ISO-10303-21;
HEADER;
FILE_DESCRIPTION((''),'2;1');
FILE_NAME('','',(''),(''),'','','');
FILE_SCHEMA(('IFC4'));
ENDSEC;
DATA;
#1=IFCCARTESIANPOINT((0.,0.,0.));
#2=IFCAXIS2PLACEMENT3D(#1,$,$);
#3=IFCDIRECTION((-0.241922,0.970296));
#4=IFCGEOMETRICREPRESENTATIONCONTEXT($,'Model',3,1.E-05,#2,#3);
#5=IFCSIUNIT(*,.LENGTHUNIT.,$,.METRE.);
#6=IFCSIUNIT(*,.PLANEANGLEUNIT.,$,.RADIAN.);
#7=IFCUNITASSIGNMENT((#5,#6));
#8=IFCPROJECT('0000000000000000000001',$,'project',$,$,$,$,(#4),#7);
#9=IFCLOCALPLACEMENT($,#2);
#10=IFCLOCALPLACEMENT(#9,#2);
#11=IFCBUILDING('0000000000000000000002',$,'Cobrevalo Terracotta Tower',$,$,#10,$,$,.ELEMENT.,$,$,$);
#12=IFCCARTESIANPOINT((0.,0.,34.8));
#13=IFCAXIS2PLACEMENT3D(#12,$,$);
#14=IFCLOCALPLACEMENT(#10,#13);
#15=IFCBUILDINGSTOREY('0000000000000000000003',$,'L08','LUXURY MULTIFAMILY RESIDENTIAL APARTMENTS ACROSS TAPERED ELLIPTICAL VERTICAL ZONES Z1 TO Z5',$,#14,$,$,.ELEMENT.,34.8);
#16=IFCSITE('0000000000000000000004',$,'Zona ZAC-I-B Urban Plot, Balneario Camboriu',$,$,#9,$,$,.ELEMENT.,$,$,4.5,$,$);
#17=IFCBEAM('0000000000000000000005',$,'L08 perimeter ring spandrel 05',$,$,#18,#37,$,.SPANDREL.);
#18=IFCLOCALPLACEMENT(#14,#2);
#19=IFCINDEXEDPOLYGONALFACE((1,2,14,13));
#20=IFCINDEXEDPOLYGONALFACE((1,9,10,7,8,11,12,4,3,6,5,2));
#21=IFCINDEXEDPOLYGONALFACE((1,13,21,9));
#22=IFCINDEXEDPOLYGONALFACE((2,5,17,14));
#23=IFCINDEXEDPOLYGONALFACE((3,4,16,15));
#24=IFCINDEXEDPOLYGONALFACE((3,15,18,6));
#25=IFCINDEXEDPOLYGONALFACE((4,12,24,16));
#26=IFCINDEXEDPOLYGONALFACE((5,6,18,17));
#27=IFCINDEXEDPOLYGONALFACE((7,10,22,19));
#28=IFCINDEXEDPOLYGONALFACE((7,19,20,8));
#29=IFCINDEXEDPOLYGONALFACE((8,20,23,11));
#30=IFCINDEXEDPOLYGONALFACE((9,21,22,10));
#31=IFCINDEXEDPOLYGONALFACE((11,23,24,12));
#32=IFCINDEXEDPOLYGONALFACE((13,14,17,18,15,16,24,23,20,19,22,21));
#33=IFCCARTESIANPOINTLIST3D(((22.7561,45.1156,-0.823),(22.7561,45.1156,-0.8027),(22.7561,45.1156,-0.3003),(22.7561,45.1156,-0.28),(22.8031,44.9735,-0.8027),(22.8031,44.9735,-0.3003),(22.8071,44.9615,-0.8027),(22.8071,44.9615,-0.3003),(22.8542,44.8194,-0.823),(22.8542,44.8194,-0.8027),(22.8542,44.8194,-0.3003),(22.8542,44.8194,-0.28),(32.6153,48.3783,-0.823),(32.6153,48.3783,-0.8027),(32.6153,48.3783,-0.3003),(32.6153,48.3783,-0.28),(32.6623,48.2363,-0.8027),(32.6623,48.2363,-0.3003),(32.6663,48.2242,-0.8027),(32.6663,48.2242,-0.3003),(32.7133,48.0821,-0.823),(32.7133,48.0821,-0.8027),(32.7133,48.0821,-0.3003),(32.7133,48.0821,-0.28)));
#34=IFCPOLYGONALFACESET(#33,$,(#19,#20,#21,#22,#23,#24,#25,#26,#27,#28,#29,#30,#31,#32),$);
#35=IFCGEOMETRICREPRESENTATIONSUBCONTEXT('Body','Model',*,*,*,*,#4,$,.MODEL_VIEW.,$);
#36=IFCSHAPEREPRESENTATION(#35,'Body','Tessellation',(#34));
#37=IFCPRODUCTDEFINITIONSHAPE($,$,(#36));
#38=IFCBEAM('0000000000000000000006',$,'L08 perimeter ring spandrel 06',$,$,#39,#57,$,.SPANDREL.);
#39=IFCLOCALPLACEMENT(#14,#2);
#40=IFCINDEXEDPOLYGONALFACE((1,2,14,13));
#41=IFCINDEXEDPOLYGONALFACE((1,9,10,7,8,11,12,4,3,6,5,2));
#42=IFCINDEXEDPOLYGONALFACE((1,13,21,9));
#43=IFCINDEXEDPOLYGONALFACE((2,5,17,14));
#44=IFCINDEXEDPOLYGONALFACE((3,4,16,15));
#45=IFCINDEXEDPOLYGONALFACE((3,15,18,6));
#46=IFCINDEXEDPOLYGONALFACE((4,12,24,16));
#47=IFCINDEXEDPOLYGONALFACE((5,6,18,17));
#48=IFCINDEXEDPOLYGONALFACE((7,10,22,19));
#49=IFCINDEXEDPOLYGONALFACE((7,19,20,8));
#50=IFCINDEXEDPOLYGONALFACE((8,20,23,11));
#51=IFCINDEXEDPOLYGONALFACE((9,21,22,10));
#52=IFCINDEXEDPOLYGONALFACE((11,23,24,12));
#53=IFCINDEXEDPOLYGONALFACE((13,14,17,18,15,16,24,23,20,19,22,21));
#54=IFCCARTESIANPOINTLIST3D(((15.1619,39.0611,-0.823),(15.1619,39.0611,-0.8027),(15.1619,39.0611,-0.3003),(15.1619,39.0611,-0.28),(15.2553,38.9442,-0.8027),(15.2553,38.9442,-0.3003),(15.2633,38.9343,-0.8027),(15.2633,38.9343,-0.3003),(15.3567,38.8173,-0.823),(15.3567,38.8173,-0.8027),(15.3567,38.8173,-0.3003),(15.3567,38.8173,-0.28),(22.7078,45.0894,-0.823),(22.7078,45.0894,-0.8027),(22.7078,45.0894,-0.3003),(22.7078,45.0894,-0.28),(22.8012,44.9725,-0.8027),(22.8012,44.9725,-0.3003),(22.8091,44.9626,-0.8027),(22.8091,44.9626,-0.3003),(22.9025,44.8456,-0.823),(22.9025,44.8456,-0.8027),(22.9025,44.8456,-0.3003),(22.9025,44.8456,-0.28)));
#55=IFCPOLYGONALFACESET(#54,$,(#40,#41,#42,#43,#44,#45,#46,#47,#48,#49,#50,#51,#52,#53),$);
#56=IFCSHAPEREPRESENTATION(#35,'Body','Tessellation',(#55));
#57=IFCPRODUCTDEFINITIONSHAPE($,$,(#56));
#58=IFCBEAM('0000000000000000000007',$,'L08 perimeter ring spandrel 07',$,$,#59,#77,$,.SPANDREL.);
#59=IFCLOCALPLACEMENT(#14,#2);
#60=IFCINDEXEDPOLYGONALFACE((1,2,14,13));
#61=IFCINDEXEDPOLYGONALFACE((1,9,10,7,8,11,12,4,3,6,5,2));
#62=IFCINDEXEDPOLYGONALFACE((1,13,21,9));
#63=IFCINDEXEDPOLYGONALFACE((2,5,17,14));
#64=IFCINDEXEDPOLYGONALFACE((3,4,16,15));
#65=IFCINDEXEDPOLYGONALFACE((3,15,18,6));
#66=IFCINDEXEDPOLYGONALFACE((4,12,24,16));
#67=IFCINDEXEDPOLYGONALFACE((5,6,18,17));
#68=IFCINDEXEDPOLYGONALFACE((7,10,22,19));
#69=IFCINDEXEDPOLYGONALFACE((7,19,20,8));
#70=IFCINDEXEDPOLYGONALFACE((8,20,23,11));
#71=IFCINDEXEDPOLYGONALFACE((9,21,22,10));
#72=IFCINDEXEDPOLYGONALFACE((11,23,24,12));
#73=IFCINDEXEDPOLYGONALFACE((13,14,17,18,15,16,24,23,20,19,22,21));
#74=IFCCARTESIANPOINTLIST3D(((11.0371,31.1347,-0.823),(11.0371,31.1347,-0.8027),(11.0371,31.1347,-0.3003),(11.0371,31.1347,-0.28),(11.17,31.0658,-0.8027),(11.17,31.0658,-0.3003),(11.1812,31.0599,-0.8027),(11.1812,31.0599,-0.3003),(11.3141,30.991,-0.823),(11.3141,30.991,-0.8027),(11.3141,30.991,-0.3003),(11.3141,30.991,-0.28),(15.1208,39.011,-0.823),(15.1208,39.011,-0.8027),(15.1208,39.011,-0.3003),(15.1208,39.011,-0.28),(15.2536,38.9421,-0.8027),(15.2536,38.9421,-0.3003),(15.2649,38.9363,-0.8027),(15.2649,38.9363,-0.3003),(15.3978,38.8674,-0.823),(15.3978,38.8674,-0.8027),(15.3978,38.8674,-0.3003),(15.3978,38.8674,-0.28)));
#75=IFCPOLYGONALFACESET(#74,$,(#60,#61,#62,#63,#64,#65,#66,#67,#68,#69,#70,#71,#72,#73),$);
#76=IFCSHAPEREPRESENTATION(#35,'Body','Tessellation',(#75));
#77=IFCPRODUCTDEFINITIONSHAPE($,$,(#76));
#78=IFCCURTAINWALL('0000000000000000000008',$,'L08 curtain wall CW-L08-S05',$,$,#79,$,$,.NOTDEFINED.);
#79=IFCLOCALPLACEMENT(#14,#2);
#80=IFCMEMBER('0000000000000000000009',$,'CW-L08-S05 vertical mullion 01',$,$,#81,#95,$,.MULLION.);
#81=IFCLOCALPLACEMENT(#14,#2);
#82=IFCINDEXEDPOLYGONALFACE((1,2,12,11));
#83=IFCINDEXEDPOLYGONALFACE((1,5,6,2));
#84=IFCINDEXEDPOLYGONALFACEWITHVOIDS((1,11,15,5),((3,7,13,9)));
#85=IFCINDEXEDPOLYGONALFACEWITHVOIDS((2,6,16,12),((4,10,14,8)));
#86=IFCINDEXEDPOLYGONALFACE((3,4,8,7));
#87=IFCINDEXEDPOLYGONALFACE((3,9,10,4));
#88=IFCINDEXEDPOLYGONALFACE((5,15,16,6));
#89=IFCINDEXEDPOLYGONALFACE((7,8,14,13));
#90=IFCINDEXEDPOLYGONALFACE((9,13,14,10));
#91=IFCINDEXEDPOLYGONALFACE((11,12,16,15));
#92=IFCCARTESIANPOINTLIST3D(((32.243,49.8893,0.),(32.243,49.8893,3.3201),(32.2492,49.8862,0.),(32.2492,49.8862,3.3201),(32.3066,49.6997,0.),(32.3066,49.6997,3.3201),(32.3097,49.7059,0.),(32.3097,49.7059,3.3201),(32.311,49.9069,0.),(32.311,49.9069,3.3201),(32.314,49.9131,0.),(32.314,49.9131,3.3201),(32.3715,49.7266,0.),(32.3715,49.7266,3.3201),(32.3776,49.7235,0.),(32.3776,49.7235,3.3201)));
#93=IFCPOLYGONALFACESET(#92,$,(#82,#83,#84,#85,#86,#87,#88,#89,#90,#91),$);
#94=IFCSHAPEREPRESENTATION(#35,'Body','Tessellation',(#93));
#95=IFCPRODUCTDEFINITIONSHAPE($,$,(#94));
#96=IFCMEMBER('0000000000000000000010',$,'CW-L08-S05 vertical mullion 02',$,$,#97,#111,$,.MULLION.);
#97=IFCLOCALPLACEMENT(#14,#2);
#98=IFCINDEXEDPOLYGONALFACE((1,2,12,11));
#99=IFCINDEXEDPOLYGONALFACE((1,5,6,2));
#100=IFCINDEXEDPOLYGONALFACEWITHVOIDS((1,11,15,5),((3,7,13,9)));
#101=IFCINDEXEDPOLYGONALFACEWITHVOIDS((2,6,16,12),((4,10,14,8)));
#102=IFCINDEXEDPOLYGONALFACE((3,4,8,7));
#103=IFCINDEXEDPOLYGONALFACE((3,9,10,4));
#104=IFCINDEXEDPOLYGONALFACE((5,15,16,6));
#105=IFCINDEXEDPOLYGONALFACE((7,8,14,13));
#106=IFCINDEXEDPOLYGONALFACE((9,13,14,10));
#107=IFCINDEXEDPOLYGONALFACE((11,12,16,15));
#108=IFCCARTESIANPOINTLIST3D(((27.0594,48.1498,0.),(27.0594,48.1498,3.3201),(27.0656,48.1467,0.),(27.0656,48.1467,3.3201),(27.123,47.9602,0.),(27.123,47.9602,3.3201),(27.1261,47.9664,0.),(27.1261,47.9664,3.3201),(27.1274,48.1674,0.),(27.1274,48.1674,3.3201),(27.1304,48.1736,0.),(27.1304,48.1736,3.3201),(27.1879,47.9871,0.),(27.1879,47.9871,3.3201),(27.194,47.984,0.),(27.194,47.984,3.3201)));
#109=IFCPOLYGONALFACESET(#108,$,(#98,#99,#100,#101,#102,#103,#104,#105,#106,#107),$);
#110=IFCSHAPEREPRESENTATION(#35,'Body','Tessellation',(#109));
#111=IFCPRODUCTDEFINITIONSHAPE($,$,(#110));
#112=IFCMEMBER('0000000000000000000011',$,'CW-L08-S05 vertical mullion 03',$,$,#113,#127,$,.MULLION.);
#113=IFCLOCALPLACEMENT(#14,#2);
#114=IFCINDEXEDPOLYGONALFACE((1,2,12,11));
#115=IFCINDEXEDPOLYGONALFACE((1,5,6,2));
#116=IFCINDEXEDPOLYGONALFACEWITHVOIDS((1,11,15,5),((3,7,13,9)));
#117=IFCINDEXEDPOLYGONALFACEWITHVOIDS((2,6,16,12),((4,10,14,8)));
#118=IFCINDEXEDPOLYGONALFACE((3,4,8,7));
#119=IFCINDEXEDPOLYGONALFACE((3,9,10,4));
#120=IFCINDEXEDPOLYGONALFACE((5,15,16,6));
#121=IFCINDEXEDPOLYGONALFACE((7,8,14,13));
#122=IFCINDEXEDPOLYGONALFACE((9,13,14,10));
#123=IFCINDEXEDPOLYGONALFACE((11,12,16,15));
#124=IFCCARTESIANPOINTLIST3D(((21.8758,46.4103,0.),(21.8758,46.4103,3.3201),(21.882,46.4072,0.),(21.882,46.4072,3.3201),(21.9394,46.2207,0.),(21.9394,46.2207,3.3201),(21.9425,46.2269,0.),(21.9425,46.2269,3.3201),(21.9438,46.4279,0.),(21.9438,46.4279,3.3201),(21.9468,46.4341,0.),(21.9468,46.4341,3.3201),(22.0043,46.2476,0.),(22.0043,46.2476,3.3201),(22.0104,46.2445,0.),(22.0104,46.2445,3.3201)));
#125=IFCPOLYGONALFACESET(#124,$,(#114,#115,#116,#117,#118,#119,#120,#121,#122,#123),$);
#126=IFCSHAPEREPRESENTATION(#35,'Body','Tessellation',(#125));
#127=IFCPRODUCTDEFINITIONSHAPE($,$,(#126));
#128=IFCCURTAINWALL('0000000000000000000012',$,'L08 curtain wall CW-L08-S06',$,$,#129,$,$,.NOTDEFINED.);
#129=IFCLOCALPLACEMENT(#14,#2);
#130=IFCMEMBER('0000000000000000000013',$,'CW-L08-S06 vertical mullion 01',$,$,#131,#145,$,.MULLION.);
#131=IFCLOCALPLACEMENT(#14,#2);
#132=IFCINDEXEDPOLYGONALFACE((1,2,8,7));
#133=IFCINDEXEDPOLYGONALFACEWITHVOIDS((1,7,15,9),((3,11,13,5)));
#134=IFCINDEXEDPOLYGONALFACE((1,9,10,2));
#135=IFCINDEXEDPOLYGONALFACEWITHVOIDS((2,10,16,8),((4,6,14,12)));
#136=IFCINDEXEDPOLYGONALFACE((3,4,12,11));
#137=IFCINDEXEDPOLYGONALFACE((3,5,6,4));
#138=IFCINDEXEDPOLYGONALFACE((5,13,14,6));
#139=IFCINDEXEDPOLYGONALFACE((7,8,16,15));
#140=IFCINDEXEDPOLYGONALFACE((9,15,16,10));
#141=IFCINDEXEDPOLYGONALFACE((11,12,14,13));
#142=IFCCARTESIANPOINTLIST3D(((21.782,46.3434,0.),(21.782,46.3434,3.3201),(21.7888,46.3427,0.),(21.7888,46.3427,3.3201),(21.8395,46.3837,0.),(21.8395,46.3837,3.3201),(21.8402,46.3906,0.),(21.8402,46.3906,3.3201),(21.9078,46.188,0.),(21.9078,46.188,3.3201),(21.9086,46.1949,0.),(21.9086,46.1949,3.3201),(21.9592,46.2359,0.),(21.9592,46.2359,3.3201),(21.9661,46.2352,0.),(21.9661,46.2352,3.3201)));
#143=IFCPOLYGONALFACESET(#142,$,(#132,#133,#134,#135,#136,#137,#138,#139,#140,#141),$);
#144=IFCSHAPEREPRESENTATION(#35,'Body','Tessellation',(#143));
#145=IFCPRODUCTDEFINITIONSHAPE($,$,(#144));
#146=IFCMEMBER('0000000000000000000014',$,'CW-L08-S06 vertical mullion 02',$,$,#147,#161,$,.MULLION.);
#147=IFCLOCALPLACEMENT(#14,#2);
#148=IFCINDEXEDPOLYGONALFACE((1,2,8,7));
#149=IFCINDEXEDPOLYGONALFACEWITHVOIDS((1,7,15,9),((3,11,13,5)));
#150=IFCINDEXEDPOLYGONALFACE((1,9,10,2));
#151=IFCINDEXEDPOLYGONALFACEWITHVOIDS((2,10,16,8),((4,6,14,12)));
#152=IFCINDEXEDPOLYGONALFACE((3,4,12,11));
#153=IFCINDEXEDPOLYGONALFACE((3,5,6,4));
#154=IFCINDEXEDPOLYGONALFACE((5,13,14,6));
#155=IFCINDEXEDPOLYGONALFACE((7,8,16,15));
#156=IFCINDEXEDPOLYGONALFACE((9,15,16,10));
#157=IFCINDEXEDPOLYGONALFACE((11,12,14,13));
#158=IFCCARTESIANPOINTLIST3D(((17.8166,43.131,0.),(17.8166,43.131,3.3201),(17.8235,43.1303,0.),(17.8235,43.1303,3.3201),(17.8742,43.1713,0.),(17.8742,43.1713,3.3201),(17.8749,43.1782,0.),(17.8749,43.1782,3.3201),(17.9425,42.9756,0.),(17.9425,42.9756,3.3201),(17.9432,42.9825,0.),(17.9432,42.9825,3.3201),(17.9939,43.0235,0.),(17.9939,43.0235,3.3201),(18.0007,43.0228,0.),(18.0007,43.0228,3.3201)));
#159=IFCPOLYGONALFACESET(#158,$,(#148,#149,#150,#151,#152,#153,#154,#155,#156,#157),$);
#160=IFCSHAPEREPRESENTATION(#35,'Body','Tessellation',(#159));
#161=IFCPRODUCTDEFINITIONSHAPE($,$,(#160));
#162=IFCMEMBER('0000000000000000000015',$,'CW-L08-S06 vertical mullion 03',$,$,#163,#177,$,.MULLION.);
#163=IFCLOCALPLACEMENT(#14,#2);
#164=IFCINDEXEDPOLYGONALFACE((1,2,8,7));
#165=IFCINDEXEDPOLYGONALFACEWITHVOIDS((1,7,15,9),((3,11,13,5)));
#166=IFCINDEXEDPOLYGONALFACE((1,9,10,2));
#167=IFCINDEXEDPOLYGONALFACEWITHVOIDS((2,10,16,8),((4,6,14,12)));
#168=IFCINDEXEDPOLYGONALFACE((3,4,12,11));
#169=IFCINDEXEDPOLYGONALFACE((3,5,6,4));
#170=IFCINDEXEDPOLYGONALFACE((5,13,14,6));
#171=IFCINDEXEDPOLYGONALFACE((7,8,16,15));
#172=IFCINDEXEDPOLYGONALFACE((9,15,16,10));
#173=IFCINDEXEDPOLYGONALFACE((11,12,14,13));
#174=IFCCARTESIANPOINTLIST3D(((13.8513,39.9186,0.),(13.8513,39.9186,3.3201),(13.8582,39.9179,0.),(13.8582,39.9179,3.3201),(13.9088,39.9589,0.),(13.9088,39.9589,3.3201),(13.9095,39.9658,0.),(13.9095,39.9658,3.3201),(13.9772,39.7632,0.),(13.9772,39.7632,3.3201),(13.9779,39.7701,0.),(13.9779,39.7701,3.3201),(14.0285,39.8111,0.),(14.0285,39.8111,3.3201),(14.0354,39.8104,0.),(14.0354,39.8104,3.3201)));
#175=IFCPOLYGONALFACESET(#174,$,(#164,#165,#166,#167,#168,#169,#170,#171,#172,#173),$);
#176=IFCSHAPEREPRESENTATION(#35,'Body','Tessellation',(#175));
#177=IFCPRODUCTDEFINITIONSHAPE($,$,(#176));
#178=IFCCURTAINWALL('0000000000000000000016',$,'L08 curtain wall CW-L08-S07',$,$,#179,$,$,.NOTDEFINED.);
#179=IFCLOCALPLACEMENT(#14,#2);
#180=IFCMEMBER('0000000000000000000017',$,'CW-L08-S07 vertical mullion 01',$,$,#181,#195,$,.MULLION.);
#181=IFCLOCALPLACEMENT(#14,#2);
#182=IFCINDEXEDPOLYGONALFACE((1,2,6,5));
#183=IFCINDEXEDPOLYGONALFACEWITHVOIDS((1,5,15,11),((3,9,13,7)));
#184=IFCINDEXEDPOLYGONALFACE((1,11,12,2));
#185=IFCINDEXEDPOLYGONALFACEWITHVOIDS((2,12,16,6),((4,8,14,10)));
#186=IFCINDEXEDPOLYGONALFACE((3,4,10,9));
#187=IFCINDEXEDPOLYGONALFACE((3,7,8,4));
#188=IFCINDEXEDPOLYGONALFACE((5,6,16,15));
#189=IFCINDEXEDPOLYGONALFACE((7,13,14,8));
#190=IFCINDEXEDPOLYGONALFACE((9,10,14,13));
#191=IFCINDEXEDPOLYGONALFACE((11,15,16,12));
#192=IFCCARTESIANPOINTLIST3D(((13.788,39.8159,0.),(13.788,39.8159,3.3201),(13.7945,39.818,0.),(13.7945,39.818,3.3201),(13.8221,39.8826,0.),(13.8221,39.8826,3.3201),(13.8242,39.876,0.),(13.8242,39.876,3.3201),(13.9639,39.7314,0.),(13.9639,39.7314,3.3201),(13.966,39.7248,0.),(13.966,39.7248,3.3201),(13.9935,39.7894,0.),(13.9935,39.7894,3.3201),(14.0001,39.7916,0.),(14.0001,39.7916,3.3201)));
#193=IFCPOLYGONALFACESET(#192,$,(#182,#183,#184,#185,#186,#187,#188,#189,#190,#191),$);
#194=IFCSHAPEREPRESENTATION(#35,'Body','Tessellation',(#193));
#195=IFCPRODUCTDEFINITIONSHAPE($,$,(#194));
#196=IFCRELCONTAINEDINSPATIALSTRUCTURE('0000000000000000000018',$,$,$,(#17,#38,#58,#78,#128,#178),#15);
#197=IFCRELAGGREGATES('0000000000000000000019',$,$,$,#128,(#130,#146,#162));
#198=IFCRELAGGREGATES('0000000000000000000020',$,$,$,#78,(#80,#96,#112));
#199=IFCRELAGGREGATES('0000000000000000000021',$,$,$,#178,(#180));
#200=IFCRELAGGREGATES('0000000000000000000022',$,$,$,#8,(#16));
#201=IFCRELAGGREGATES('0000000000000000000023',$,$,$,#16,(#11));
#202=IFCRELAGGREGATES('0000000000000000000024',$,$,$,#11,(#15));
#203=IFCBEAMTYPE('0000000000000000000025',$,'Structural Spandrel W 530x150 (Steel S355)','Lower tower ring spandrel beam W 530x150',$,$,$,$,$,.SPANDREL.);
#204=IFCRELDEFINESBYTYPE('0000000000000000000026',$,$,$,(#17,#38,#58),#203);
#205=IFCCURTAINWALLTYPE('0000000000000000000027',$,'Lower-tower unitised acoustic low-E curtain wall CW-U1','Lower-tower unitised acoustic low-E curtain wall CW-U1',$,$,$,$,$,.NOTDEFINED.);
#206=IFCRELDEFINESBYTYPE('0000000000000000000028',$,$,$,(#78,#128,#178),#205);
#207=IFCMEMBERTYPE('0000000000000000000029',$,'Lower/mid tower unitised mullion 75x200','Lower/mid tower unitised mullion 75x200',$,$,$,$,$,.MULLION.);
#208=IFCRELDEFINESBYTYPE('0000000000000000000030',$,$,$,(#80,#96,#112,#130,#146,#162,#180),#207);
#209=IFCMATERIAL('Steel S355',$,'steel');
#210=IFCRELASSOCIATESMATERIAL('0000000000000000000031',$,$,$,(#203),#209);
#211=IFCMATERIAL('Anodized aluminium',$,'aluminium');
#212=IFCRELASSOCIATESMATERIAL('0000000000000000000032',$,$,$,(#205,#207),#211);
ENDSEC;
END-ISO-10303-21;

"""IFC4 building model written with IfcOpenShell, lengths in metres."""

from ifc_helpers import new_model, si_unit, direction, frame, origin, origin_2d, place, context, subcontext, project, spatial, hollow_rectangle, i_section, extrude, source, transform, mapped, material, material_profile, profile_set, type_object, element, aggregate, save


model = new_model("IFC4")

# Units and contexts
model_context = context("Model", 3, precision=1e-05, world=origin(), true_north=direction((-0.241922, 0.970296)))
body_context = subcontext(model_context, "Body", "Model", "MODEL_VIEW")
ifc_project = project(units=[si_unit("LENGTHUNIT", "METRE"), si_unit("PLANEANGLEUNIT", "RADIAN")], contexts=[model_context])

# Site, building, storey
site_placement = place(None, origin())
site = spatial("IfcSite", under=ifc_project, at=site_placement, Name="Zona ZAC-I-B Urban Plot, Balneario Camboriu", CompositionType="ELEMENT", RefElevation=4.5)
building_placement = place(site_placement, origin())
building = spatial("IfcBuilding", under=site, at=building_placement, Name="Cobrevalo Terracotta Tower", CompositionType="ELEMENT")
storey_placement = place(building_placement, frame((0.0, 0.0, 34.8)))
storey = spatial("IfcBuildingStorey", under=building, at=storey_placement, Name="L08", Description="LUXURY MULTIFAMILY RESIDENTIAL APARTMENTS ACROSS TAPERED ELLIPTICAL VERTICAL ZONES Z1 TO Z5", CompositionType="ELEMENT", Elevation=34.8)

# Shared definitions
ifc_material_1 = material(Name="Steel S355", Category="steel")

# Beams
ifc_material_profile_1 = material_profile(ifc_material_1, i_section(OverallWidth=0.312, OverallDepth=0.543, WebThickness=0.0127, FlangeThickness=0.0203, at=origin_2d()), Name="W 530x150")
ifc_profile_set_1 = profile_set([ifc_material_profile_1], Name="Steel S355")
beam_type_1 = type_object("IfcBeamType", Name="Structural Spandrel W 530x150 (Steel S355)", Description="Lower tower ring spandrel beam W 530x150", PredefinedType="SPANDREL", material=ifc_profile_set_1)
beam_1_placement = place(storey_placement, frame((32.6643, 48.2302, -0.5515), z_axis=(-0.949365, -0.314175, 0.0), x_axis=(0.314175, -0.949365, 0.0)))
element("IfcBeam", 1, at=beam_1_placement, inside=storey, type_object=beam_type_1, Name="L08 perimeter ring spandrel 05", PredefinedType="SPANDREL", context=body_context, shape_type="SweptSolid", body=[
    extrude(i_section(OverallWidth=0.312, OverallDepth=0.543, WebThickness=0.0127, FlangeThickness=0.0203, at=origin_2d()), origin(), (0.0, 0.0, 1.0), 10.385),
])
beam_2_placement = place(storey_placement, frame((22.8052, 44.9675, -0.5515), z_axis=(-0.781293, -0.624165, 0.0), x_axis=(0.624165, -0.781293, 0.0)))
element("IfcBeam", 2, at=beam_2_placement, inside=storey, type_object=beam_type_1, Name="L08 perimeter ring spandrel 06", PredefinedType="SPANDREL", context=body_context, shape_type="SweptSolid", body=[
    extrude(i_section(OverallWidth=0.312, OverallDepth=0.543, WebThickness=0.0127, FlangeThickness=0.0203, at=origin_2d()), origin(), (0.0, 0.0, 1.0), 9.6582),
])
beam_3_placement = place(storey_placement, frame((15.2593, 38.9392, -0.5515), z_axis=(-0.460286, -0.887771, 0.0), x_axis=(0.887771, -0.460286, 0.0)))
element("IfcBeam", 3, at=beam_3_placement, inside=storey, type_object=beam_type_1, Name="L08 perimeter ring spandrel 07", PredefinedType="SPANDREL", context=body_context, shape_type="SweptSolid", body=[
    extrude(i_section(OverallWidth=0.312, OverallDepth=0.543, WebThickness=0.0127, FlangeThickness=0.0203, at=origin_2d()), origin(), (0.0, 0.0, 1.0), 8.8721),
])

# Curtain walls, members
ifc_material_2 = material(Name="Anodized aluminium", Category="aluminium")
curtain_wall_type = type_object("IfcCurtainWallType", Name="Lower-tower unitised acoustic low-E curtain wall CW-U1", Description="Lower-tower unitised acoustic low-E curtain wall CW-U1", PredefinedType="NOTDEFINED", material=ifc_material_2)
curtain_wall_1_placement = place(storey_placement, origin())
curtain_wall_1 = element("IfcCurtainWall", 4, at=curtain_wall_1_placement, inside=storey, type_object=curtain_wall_type, Name="L08 curtain wall CW-L08-S05", PredefinedType="NOTDEFINED")
ifc_material_profile_2 = material_profile(ifc_material_2, hollow_rectangle(XDim=0.075, YDim=0.2, WallThickness=0.0049, at=origin_2d()), Name="CWM 75x200")
ifc_profile_set_2 = profile_set([ifc_material_profile_2], Name="Anodized aluminium")
member_type_1 = type_object("IfcMemberType", Name="Lower/mid tower unitised mullion 75x200", Description="Lower/mid tower unitised mullion 75x200", PredefinedType="MULLION", material=ifc_profile_set_2)
shared_shape_1 = source(origin(), body_context, "Body", "SweptSolid", [
    extrude(hollow_rectangle(XDim=0.075, YDim=0.2, WallThickness=0.0049, at=origin_2d()), origin(), (0.0, 0.0, 1.0), 3.3201),
])
member_1_placement = place(storey_placement, frame((32.3103, 49.8064, 0.0), z_axis=(0.0, 0.0, 1.0), x_axis=(-0.948046, -0.318132, 0.0)))
member_1 = element("IfcMember", 5, at=member_1_placement, type_object=member_type_1, Name="CW-L08-S05 vertical mullion 01", PredefinedType="MULLION", context=body_context, shape_type="MappedRepresentation", body=[
    mapped(shared_shape_1, transform((0.0, 0.0, 0.0), scale=1.0)),
])
member_2_placement = place(storey_placement, frame((27.1267, 48.0669, 0.0), z_axis=(0.0, 0.0, 1.0), x_axis=(-0.948046, -0.318132, 0.0)))
member_2 = element("IfcMember", 6, at=member_2_placement, type_object=member_type_1, Name="CW-L08-S05 vertical mullion 02", PredefinedType="MULLION", context=body_context, shape_type="MappedRepresentation", body=[
    mapped(shared_shape_1, transform((0.0, 0.0, 0.0), scale=1.0)),
])
member_3_placement = place(storey_placement, frame((21.9431, 46.3274, 0.0), z_axis=(0.0, 0.0, 1.0), x_axis=(-0.948046, -0.318132, 0.0)))
member_3 = element("IfcMember", 7, at=member_3_placement, type_object=member_type_1, Name="CW-L08-S05 vertical mullion 03", PredefinedType="MULLION", context=body_context, shape_type="MappedRepresentation", body=[
    mapped(shared_shape_1, transform((0.0, 0.0, 0.0), scale=1.0)),
])
curtain_wall_2_placement = place(storey_placement, origin())
curtain_wall_2 = element("IfcCurtainWall", 8, at=curtain_wall_2_placement, inside=storey, type_object=curtain_wall_type, Name="L08 curtain wall CW-L08-S06", PredefinedType="NOTDEFINED")
member_4_placement = place(storey_placement, frame((21.874, 46.2893, 0.0), z_axis=(0.0, 0.0, 1.0), x_axis=(-0.777003, -0.629497, 0.0)))
member_4 = element("IfcMember", 9, at=member_4_placement, type_object=member_type_1, Name="CW-L08-S06 vertical mullion 01", PredefinedType="MULLION", context=body_context, shape_type="MappedRepresentation", body=[
    mapped(shared_shape_1, transform((0.0, 0.0, 0.0), scale=1.0)),
])
member_5_placement = place(storey_placement, frame((17.9087, 43.0769, 0.0), z_axis=(0.0, 0.0, 1.0), x_axis=(-0.777003, -0.629497, 0.0)))
member_5 = element("IfcMember", 10, at=member_5_placement, type_object=member_type_1, Name="CW-L08-S06 vertical mullion 02", PredefinedType="MULLION", context=body_context, shape_type="MappedRepresentation", body=[
    mapped(shared_shape_1, transform((0.0, 0.0, 0.0), scale=1.0)),
])
member_6_placement = place(storey_placement, frame((13.9434, 39.8645, 0.0), z_axis=(0.0, 0.0, 1.0), x_axis=(-0.777003, -0.629497, 0.0)))
member_6 = element("IfcMember", 11, at=member_6_placement, type_object=member_type_1, Name="CW-L08-S06 vertical mullion 03", PredefinedType="MULLION", context=body_context, shape_type="MappedRepresentation", body=[
    mapped(shared_shape_1, transform((0.0, 0.0, 0.0), scale=1.0)),
])
curtain_wall_3_placement = place(storey_placement, origin())
curtain_wall_3 = element("IfcCurtainWall", 12, at=curtain_wall_3_placement, inside=storey, type_object=curtain_wall_type, Name="L08 curtain wall CW-L08-S07", PredefinedType="NOTDEFINED")
member_7_placement = place(storey_placement, frame((13.894, 39.8037, 0.0), z_axis=(0.0, 0.0, 1.0), x_axis=(-0.455234, -0.890372, 0.0)))
member_7 = element("IfcMember", 13, at=member_7_placement, type_object=member_type_1, Name="CW-L08-S07 vertical mullion 01", PredefinedType="MULLION", context=body_context, shape_type="MappedRepresentation", body=[
    mapped(shared_shape_1, transform((0.0, 0.0, 0.0), scale=1.0)),
])

aggregate(curtain_wall_2, [member_4, member_5, member_6])
aggregate(curtain_wall_1, [member_1, member_2, member_3])
aggregate(curtain_wall_3, [member_7])

save(model, "model.ifc")
